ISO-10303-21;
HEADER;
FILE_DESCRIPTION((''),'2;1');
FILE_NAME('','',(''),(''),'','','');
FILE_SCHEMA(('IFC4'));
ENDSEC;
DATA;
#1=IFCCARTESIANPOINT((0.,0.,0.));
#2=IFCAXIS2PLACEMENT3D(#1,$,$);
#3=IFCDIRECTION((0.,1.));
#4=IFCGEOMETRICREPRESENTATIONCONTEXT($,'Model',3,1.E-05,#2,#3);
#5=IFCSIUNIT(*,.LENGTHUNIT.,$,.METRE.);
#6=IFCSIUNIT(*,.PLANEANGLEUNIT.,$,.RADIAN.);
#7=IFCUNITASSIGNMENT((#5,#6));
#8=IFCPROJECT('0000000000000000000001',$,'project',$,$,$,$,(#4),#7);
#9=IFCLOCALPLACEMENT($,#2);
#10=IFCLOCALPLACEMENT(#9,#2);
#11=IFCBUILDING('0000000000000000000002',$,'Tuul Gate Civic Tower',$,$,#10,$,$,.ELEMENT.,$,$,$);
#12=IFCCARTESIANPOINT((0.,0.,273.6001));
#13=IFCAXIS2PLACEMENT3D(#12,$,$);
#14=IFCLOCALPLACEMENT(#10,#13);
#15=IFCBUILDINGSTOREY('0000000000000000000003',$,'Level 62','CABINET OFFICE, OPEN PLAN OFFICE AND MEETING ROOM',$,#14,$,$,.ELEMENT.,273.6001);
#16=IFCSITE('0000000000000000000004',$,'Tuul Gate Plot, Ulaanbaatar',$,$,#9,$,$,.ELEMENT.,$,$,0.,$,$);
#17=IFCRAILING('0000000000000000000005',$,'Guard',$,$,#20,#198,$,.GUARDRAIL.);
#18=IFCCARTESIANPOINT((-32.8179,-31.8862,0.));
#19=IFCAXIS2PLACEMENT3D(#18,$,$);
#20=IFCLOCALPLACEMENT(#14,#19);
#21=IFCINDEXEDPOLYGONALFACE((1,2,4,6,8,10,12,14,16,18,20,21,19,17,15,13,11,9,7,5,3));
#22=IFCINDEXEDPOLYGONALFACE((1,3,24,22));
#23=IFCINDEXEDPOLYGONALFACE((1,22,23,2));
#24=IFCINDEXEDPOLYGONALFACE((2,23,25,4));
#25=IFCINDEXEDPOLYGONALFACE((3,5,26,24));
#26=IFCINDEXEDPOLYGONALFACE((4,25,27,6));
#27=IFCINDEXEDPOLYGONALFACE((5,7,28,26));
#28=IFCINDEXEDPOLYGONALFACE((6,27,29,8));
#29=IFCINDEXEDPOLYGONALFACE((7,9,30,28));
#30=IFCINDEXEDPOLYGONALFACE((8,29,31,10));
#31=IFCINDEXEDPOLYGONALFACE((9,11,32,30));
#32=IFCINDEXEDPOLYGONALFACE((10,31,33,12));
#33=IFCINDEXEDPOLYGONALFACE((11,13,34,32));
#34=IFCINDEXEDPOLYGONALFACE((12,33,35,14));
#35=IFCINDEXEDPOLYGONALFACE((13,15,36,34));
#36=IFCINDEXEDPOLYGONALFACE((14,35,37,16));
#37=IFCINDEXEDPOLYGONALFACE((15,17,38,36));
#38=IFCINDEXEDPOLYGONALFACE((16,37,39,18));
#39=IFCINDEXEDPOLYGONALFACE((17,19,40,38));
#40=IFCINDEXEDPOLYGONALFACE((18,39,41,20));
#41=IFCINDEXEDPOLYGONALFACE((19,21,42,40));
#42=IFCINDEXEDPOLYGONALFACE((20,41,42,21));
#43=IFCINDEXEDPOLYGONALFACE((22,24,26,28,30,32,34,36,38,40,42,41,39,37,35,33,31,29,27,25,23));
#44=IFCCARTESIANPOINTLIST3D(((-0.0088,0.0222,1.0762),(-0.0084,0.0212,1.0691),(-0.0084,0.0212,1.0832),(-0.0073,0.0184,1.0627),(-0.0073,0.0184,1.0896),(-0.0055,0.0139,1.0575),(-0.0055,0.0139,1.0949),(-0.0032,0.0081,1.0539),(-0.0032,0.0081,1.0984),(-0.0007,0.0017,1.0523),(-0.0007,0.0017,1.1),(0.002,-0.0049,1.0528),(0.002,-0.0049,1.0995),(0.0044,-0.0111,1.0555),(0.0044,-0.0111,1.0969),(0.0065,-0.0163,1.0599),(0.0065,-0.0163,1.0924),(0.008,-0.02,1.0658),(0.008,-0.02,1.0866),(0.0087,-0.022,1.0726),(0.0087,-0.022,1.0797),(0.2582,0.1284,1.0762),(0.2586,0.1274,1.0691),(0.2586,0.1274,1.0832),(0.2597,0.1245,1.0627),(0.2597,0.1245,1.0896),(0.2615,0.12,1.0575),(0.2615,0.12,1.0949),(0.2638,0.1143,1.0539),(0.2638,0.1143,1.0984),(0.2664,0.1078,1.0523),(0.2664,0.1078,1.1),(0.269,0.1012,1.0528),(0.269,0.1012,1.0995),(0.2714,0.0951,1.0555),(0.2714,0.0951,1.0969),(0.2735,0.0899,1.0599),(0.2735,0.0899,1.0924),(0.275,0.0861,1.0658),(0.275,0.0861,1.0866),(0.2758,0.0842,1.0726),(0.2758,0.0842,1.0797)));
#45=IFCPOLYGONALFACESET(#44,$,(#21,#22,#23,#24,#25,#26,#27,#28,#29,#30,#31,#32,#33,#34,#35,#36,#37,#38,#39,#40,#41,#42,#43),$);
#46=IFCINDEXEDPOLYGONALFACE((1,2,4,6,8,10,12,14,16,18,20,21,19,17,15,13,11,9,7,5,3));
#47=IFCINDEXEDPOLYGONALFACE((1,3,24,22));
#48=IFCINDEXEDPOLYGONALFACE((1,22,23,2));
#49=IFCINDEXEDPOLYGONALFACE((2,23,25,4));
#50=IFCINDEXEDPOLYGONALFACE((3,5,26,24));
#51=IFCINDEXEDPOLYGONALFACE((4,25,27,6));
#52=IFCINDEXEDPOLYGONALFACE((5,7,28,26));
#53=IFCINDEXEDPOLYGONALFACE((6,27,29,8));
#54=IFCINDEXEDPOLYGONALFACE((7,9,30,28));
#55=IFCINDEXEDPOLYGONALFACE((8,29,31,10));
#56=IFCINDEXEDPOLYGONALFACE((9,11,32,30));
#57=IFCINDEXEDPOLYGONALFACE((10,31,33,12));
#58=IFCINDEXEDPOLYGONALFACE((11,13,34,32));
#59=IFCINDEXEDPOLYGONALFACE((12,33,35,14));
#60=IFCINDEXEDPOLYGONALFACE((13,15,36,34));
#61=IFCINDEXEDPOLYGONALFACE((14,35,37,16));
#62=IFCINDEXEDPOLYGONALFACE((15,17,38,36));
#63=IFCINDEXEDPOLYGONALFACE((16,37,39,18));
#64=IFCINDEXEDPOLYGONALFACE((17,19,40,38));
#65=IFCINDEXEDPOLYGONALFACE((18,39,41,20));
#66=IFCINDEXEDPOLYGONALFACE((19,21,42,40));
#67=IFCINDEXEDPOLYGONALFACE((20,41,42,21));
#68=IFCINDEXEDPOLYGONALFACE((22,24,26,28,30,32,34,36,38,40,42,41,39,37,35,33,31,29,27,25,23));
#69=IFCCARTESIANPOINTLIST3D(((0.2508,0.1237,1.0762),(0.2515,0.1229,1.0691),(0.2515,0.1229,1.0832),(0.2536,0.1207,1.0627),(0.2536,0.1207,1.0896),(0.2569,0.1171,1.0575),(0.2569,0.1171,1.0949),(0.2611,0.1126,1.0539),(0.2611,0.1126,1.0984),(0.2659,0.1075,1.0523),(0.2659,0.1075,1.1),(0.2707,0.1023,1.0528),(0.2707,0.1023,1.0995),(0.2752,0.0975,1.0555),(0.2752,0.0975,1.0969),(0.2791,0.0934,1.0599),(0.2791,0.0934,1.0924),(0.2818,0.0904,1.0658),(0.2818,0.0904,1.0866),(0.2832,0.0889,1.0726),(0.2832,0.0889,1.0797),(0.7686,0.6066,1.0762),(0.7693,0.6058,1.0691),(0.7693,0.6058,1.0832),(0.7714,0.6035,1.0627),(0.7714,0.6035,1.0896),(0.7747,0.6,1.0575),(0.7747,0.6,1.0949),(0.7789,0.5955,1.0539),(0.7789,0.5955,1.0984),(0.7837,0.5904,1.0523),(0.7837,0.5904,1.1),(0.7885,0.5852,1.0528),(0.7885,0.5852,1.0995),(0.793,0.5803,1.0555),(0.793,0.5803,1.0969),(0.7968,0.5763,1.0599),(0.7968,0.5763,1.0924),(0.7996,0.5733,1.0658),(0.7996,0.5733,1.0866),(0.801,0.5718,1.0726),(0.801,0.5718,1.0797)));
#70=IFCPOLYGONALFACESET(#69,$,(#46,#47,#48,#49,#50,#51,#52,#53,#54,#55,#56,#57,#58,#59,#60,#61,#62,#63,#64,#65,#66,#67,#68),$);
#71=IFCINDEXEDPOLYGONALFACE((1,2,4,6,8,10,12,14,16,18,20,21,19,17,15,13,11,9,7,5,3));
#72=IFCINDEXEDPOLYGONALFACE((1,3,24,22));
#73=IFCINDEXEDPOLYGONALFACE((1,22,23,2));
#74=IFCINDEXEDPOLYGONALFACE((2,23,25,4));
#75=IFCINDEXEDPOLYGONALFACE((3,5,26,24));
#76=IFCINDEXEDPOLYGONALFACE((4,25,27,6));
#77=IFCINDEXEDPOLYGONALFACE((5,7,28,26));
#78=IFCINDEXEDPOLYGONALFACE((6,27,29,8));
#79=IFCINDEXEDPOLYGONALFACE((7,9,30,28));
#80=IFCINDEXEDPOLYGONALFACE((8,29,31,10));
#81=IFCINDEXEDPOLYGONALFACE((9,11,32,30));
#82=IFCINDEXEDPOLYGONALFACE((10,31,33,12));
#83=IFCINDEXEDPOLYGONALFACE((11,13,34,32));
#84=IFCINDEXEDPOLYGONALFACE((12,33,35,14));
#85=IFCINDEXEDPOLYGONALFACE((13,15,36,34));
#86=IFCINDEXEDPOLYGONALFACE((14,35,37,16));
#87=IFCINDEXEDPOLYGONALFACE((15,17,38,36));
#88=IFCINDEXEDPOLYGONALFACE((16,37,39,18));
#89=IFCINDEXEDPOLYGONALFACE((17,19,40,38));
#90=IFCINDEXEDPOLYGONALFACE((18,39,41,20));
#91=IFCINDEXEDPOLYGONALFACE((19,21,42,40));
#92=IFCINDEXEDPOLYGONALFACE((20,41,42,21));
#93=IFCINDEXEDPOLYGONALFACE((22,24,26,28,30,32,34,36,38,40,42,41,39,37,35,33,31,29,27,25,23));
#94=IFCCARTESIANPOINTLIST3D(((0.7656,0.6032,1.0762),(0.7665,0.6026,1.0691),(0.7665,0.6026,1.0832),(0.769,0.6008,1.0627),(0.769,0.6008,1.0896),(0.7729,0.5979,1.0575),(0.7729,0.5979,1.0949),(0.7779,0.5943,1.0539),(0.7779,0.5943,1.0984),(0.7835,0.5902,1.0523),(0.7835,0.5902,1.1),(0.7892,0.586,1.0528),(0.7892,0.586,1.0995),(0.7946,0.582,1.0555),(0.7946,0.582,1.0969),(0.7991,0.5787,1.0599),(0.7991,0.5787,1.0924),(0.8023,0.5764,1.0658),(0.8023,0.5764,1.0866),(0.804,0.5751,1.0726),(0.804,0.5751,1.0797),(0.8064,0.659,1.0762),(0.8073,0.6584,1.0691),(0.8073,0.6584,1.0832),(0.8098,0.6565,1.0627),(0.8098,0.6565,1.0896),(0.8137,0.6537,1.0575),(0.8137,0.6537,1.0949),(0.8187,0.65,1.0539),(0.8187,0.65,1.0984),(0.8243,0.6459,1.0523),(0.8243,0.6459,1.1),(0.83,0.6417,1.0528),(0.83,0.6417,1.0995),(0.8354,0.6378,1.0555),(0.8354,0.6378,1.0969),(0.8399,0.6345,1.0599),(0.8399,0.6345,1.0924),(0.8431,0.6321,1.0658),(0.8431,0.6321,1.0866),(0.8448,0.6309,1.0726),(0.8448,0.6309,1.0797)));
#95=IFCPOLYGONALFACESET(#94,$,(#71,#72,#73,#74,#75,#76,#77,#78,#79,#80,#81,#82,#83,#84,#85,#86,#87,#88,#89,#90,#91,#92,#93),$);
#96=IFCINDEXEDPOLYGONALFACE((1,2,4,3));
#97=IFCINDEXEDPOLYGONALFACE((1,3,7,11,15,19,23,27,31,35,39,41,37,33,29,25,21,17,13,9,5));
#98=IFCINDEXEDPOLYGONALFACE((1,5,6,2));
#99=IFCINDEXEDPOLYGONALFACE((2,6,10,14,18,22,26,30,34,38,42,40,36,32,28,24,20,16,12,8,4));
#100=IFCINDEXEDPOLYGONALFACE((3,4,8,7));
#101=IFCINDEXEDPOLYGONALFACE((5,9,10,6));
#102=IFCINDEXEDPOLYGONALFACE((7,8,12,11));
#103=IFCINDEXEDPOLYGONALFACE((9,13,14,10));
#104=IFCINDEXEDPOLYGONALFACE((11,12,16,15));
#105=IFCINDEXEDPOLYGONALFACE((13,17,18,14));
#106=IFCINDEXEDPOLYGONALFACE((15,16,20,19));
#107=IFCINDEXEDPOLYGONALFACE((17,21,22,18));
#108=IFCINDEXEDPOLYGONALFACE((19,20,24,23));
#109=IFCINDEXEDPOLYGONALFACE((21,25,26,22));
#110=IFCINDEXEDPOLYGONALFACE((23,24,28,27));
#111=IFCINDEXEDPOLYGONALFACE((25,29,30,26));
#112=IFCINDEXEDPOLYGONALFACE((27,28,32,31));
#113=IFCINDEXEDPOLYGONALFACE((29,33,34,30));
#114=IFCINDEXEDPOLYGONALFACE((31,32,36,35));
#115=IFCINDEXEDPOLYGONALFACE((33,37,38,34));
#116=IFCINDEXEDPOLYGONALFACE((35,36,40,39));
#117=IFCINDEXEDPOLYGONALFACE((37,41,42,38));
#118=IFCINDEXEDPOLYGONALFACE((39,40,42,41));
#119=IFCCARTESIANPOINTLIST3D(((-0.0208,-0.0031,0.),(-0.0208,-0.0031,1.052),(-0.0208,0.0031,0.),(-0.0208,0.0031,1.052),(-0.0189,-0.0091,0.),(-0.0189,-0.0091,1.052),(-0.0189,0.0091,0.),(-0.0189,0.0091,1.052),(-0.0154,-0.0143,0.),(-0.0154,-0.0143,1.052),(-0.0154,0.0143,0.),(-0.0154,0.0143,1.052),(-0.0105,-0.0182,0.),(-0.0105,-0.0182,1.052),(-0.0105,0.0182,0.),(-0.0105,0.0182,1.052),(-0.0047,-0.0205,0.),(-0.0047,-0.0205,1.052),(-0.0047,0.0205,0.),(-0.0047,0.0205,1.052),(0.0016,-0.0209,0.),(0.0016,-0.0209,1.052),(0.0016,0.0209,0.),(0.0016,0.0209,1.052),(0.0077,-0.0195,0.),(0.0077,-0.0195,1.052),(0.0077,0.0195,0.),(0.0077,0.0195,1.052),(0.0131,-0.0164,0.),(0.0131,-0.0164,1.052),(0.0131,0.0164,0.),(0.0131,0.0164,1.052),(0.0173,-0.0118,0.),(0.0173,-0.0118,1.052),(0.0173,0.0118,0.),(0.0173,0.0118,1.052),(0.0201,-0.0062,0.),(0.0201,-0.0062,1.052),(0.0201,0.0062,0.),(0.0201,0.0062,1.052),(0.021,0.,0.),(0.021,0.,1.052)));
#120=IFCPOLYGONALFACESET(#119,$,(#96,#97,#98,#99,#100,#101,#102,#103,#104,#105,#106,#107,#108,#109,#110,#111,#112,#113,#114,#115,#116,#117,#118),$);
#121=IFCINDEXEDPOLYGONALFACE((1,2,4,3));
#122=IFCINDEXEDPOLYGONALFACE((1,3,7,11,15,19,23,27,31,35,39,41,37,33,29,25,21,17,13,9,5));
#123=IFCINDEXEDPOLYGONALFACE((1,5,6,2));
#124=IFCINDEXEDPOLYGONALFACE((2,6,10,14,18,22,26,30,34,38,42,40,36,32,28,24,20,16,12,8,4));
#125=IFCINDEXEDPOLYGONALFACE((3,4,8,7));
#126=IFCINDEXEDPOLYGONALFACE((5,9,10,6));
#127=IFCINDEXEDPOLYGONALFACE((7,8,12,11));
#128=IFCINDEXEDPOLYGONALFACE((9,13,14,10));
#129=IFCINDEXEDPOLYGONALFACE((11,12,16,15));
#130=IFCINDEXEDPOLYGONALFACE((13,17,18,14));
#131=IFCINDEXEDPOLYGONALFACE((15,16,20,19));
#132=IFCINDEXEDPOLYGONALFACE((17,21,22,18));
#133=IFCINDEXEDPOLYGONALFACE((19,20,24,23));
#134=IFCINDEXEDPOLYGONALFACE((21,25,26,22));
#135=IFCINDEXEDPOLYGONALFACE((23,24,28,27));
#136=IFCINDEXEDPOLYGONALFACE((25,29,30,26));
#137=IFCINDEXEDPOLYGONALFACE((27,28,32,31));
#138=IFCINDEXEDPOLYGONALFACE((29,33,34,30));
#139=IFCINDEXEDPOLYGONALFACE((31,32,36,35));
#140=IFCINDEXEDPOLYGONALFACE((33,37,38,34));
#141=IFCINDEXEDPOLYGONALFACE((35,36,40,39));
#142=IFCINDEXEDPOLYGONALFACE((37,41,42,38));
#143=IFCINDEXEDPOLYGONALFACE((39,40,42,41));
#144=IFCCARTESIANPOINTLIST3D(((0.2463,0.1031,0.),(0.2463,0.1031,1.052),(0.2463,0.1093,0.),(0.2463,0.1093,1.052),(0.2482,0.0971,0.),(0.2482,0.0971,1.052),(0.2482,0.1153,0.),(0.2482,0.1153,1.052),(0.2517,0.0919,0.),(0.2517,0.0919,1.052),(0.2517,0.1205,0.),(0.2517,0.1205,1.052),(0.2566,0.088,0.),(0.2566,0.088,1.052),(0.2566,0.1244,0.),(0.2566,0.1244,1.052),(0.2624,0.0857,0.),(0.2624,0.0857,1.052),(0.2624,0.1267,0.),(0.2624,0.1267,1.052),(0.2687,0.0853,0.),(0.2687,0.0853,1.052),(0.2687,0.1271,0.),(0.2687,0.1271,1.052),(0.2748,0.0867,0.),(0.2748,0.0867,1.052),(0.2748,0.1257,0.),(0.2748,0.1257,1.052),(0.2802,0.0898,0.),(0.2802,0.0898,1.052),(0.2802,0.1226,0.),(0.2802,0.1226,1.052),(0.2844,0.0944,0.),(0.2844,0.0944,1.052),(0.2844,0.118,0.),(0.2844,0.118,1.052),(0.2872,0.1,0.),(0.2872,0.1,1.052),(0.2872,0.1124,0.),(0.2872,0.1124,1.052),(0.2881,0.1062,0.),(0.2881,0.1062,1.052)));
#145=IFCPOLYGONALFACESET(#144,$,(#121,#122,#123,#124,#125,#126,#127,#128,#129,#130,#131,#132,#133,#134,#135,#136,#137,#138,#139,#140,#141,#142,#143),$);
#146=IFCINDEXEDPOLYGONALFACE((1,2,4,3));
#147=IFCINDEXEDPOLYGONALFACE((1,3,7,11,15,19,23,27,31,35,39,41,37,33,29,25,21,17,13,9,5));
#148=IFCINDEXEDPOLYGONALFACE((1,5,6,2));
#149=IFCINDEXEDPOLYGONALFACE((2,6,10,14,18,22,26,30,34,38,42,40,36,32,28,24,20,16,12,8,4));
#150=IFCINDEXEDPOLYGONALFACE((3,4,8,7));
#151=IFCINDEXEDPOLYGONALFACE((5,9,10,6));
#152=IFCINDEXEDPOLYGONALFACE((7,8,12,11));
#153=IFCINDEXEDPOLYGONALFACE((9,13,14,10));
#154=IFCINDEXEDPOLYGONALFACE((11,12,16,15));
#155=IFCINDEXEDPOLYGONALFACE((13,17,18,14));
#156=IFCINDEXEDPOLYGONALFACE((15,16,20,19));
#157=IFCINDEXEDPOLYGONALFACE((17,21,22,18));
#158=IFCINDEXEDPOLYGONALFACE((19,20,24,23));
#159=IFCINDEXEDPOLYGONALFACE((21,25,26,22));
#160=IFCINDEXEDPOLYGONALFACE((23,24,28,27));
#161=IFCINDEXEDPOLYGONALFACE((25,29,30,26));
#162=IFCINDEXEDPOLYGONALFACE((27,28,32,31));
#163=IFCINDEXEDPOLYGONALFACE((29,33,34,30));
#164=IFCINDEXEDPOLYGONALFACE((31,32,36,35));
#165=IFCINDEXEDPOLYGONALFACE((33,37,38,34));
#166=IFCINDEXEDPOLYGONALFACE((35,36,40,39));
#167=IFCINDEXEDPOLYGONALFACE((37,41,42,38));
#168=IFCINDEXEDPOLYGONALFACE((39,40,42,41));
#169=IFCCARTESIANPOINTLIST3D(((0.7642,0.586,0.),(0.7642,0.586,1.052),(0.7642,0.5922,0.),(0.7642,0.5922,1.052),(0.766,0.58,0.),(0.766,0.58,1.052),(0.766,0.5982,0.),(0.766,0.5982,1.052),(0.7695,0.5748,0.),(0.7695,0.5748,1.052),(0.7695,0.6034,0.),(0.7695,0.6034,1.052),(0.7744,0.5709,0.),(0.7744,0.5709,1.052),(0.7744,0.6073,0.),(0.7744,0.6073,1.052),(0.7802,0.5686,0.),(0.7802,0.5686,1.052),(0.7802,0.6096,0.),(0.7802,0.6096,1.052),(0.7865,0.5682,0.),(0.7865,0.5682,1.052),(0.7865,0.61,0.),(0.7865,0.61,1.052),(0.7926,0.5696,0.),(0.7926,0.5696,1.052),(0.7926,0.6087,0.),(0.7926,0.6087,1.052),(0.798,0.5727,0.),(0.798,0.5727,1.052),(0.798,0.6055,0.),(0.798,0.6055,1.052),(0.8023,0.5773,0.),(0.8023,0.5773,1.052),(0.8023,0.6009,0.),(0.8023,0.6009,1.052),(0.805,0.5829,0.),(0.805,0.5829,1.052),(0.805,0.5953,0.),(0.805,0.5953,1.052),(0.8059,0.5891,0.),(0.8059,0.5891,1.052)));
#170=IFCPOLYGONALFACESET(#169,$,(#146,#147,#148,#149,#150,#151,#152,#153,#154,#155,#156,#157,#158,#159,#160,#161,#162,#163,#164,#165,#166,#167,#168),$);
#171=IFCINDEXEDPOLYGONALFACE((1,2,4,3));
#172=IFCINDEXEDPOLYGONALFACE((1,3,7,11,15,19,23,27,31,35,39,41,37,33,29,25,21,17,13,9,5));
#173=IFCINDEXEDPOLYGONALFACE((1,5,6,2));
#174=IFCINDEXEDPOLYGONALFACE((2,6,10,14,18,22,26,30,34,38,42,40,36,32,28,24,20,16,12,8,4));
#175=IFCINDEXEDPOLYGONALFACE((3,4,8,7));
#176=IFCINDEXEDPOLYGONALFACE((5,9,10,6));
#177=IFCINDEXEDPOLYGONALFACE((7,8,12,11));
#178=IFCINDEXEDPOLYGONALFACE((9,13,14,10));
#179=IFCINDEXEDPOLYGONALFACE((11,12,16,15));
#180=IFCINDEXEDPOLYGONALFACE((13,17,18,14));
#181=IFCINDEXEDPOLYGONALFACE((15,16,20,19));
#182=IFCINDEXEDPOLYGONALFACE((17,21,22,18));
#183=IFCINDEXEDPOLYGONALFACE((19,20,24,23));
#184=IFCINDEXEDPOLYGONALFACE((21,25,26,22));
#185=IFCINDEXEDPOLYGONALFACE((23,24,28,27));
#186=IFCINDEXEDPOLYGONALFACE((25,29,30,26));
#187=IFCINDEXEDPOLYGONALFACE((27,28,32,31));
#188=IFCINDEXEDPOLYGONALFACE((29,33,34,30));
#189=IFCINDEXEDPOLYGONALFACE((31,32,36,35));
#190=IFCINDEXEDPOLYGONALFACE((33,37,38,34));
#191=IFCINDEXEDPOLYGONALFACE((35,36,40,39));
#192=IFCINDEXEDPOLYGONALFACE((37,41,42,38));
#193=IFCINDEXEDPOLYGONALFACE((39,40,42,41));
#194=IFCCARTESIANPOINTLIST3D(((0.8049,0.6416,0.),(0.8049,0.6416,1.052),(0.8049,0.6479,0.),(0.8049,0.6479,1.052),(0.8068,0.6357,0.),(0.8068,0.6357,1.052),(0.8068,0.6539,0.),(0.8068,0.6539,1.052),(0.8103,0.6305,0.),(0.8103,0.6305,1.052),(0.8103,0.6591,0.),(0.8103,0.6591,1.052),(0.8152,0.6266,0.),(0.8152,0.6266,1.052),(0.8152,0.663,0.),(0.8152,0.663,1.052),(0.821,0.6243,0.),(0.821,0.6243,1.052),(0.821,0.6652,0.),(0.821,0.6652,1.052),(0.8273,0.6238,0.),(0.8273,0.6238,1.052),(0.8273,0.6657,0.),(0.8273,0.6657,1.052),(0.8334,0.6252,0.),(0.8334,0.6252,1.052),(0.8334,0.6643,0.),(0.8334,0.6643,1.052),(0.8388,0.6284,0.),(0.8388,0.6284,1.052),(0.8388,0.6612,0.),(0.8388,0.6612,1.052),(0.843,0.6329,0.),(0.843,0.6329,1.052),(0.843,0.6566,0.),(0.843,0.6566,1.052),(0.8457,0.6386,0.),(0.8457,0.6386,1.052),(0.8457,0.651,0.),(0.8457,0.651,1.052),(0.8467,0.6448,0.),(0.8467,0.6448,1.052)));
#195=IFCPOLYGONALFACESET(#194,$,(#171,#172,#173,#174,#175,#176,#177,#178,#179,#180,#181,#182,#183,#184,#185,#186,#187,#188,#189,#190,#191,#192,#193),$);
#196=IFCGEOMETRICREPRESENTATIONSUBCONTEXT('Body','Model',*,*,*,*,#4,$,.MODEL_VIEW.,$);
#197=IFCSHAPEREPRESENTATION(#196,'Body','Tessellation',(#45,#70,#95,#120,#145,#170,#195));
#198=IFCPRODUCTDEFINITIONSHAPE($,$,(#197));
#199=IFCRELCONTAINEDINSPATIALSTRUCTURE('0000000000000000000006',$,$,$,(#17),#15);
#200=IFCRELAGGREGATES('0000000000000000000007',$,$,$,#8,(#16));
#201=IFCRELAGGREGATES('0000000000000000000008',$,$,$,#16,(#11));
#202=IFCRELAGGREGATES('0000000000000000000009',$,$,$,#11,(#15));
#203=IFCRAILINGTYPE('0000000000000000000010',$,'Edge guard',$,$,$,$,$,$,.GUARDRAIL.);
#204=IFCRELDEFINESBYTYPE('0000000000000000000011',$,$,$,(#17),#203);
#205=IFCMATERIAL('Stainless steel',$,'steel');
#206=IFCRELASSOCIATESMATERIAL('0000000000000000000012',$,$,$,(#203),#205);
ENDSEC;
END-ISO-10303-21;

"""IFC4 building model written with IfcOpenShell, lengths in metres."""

from ifc_helpers import new_model, si_unit, direction, frame, origin, origin_2d, place, context, subcontext, project, spatial, circle, extrude, material, type_object, element, save


model = new_model("IFC4")

# Units and contexts
model_context = context("Model", 3, precision=1e-05, world=origin(), true_north=direction((0.0, 1.0)))
body_context = subcontext(model_context, "Body", "Model", "MODEL_VIEW")
ifc_project = project(units=[si_unit("LENGTHUNIT", "METRE"), si_unit("PLANEANGLEUNIT", "RADIAN")], contexts=[model_context])

# Site, building, storey
site_placement = place(None, origin())
site = spatial("IfcSite", under=ifc_project, at=site_placement, Name="Tuul Gate Plot, Ulaanbaatar", CompositionType="ELEMENT", RefElevation=0.0)
building_placement = place(site_placement, origin())
building = spatial("IfcBuilding", under=site, at=building_placement, Name="Tuul Gate Civic Tower", CompositionType="ELEMENT")
storey_placement = place(building_placement, frame((0.0, 0.0, 273.6001)))
storey = spatial("IfcBuildingStorey", under=building, at=storey_placement, Name="Level 62", Description="CABINET OFFICE, OPEN PLAN OFFICE AND MEETING ROOM", CompositionType="ELEMENT", Elevation=273.6001)

# Railing
ifc_material_1 = material(Name="Stainless steel", Category="steel")
railing_type = type_object("IfcRailingType", Name="Edge guard", PredefinedType="GUARDRAIL", material=ifc_material_1)
railing_1_placement = place(storey_placement, frame((-32.8179, -31.8862, 0.0)))
element("IfcRailing", 1, at=railing_1_placement, inside=storey, type_object=railing_type, Name="Guard", PredefinedType="GUARDRAIL", context=body_context, shape_type="SweptSolid", body=[
    extrude(circle(Radius=0.0239, at=origin_2d()), frame((0.0, 0.0, 1.0762), z_axis=(0.929236, 0.369486, 0.0), x_axis=(-0.369486, 0.929236, 0.0)), (0.0, 0.0, 1.0), 0.2874),
    extrude(circle(Radius=0.0239, at=origin_2d()), frame((0.2671, 0.1062, 1.0762), z_axis=(0.73133, 0.682023, 0.0), x_axis=(-0.682023, 0.73133, 0.0)), (0.0, 0.0, 1.0), 0.708),
    extrude(circle(Radius=0.0239, at=origin_2d()), frame((0.7849, 0.5891, 1.0762), z_axis=(0.590903, 0.806742, 0.0), x_axis=(-0.806742, 0.590903, 0.0)), (0.0, 0.0, 1.0), 0.0691),
    extrude(circle(Radius=0.021, at=origin_2d()), origin(), (0.0, 0.0, 1.0), 1.052),
    extrude(circle(Radius=0.021, at=origin_2d()), frame((0.2671, 0.1062, 0.0)), (0.0, 0.0, 1.0), 1.052),
    extrude(circle(Radius=0.021, at=origin_2d()), frame((0.7849, 0.5891, 0.0)), (0.0, 0.0, 1.0), 1.052),
    extrude(circle(Radius=0.021, at=origin_2d()), frame((0.8257, 0.6448, 0.0)), (0.0, 0.0, 1.0), 1.052),
])

save(model, "model.ifc")
